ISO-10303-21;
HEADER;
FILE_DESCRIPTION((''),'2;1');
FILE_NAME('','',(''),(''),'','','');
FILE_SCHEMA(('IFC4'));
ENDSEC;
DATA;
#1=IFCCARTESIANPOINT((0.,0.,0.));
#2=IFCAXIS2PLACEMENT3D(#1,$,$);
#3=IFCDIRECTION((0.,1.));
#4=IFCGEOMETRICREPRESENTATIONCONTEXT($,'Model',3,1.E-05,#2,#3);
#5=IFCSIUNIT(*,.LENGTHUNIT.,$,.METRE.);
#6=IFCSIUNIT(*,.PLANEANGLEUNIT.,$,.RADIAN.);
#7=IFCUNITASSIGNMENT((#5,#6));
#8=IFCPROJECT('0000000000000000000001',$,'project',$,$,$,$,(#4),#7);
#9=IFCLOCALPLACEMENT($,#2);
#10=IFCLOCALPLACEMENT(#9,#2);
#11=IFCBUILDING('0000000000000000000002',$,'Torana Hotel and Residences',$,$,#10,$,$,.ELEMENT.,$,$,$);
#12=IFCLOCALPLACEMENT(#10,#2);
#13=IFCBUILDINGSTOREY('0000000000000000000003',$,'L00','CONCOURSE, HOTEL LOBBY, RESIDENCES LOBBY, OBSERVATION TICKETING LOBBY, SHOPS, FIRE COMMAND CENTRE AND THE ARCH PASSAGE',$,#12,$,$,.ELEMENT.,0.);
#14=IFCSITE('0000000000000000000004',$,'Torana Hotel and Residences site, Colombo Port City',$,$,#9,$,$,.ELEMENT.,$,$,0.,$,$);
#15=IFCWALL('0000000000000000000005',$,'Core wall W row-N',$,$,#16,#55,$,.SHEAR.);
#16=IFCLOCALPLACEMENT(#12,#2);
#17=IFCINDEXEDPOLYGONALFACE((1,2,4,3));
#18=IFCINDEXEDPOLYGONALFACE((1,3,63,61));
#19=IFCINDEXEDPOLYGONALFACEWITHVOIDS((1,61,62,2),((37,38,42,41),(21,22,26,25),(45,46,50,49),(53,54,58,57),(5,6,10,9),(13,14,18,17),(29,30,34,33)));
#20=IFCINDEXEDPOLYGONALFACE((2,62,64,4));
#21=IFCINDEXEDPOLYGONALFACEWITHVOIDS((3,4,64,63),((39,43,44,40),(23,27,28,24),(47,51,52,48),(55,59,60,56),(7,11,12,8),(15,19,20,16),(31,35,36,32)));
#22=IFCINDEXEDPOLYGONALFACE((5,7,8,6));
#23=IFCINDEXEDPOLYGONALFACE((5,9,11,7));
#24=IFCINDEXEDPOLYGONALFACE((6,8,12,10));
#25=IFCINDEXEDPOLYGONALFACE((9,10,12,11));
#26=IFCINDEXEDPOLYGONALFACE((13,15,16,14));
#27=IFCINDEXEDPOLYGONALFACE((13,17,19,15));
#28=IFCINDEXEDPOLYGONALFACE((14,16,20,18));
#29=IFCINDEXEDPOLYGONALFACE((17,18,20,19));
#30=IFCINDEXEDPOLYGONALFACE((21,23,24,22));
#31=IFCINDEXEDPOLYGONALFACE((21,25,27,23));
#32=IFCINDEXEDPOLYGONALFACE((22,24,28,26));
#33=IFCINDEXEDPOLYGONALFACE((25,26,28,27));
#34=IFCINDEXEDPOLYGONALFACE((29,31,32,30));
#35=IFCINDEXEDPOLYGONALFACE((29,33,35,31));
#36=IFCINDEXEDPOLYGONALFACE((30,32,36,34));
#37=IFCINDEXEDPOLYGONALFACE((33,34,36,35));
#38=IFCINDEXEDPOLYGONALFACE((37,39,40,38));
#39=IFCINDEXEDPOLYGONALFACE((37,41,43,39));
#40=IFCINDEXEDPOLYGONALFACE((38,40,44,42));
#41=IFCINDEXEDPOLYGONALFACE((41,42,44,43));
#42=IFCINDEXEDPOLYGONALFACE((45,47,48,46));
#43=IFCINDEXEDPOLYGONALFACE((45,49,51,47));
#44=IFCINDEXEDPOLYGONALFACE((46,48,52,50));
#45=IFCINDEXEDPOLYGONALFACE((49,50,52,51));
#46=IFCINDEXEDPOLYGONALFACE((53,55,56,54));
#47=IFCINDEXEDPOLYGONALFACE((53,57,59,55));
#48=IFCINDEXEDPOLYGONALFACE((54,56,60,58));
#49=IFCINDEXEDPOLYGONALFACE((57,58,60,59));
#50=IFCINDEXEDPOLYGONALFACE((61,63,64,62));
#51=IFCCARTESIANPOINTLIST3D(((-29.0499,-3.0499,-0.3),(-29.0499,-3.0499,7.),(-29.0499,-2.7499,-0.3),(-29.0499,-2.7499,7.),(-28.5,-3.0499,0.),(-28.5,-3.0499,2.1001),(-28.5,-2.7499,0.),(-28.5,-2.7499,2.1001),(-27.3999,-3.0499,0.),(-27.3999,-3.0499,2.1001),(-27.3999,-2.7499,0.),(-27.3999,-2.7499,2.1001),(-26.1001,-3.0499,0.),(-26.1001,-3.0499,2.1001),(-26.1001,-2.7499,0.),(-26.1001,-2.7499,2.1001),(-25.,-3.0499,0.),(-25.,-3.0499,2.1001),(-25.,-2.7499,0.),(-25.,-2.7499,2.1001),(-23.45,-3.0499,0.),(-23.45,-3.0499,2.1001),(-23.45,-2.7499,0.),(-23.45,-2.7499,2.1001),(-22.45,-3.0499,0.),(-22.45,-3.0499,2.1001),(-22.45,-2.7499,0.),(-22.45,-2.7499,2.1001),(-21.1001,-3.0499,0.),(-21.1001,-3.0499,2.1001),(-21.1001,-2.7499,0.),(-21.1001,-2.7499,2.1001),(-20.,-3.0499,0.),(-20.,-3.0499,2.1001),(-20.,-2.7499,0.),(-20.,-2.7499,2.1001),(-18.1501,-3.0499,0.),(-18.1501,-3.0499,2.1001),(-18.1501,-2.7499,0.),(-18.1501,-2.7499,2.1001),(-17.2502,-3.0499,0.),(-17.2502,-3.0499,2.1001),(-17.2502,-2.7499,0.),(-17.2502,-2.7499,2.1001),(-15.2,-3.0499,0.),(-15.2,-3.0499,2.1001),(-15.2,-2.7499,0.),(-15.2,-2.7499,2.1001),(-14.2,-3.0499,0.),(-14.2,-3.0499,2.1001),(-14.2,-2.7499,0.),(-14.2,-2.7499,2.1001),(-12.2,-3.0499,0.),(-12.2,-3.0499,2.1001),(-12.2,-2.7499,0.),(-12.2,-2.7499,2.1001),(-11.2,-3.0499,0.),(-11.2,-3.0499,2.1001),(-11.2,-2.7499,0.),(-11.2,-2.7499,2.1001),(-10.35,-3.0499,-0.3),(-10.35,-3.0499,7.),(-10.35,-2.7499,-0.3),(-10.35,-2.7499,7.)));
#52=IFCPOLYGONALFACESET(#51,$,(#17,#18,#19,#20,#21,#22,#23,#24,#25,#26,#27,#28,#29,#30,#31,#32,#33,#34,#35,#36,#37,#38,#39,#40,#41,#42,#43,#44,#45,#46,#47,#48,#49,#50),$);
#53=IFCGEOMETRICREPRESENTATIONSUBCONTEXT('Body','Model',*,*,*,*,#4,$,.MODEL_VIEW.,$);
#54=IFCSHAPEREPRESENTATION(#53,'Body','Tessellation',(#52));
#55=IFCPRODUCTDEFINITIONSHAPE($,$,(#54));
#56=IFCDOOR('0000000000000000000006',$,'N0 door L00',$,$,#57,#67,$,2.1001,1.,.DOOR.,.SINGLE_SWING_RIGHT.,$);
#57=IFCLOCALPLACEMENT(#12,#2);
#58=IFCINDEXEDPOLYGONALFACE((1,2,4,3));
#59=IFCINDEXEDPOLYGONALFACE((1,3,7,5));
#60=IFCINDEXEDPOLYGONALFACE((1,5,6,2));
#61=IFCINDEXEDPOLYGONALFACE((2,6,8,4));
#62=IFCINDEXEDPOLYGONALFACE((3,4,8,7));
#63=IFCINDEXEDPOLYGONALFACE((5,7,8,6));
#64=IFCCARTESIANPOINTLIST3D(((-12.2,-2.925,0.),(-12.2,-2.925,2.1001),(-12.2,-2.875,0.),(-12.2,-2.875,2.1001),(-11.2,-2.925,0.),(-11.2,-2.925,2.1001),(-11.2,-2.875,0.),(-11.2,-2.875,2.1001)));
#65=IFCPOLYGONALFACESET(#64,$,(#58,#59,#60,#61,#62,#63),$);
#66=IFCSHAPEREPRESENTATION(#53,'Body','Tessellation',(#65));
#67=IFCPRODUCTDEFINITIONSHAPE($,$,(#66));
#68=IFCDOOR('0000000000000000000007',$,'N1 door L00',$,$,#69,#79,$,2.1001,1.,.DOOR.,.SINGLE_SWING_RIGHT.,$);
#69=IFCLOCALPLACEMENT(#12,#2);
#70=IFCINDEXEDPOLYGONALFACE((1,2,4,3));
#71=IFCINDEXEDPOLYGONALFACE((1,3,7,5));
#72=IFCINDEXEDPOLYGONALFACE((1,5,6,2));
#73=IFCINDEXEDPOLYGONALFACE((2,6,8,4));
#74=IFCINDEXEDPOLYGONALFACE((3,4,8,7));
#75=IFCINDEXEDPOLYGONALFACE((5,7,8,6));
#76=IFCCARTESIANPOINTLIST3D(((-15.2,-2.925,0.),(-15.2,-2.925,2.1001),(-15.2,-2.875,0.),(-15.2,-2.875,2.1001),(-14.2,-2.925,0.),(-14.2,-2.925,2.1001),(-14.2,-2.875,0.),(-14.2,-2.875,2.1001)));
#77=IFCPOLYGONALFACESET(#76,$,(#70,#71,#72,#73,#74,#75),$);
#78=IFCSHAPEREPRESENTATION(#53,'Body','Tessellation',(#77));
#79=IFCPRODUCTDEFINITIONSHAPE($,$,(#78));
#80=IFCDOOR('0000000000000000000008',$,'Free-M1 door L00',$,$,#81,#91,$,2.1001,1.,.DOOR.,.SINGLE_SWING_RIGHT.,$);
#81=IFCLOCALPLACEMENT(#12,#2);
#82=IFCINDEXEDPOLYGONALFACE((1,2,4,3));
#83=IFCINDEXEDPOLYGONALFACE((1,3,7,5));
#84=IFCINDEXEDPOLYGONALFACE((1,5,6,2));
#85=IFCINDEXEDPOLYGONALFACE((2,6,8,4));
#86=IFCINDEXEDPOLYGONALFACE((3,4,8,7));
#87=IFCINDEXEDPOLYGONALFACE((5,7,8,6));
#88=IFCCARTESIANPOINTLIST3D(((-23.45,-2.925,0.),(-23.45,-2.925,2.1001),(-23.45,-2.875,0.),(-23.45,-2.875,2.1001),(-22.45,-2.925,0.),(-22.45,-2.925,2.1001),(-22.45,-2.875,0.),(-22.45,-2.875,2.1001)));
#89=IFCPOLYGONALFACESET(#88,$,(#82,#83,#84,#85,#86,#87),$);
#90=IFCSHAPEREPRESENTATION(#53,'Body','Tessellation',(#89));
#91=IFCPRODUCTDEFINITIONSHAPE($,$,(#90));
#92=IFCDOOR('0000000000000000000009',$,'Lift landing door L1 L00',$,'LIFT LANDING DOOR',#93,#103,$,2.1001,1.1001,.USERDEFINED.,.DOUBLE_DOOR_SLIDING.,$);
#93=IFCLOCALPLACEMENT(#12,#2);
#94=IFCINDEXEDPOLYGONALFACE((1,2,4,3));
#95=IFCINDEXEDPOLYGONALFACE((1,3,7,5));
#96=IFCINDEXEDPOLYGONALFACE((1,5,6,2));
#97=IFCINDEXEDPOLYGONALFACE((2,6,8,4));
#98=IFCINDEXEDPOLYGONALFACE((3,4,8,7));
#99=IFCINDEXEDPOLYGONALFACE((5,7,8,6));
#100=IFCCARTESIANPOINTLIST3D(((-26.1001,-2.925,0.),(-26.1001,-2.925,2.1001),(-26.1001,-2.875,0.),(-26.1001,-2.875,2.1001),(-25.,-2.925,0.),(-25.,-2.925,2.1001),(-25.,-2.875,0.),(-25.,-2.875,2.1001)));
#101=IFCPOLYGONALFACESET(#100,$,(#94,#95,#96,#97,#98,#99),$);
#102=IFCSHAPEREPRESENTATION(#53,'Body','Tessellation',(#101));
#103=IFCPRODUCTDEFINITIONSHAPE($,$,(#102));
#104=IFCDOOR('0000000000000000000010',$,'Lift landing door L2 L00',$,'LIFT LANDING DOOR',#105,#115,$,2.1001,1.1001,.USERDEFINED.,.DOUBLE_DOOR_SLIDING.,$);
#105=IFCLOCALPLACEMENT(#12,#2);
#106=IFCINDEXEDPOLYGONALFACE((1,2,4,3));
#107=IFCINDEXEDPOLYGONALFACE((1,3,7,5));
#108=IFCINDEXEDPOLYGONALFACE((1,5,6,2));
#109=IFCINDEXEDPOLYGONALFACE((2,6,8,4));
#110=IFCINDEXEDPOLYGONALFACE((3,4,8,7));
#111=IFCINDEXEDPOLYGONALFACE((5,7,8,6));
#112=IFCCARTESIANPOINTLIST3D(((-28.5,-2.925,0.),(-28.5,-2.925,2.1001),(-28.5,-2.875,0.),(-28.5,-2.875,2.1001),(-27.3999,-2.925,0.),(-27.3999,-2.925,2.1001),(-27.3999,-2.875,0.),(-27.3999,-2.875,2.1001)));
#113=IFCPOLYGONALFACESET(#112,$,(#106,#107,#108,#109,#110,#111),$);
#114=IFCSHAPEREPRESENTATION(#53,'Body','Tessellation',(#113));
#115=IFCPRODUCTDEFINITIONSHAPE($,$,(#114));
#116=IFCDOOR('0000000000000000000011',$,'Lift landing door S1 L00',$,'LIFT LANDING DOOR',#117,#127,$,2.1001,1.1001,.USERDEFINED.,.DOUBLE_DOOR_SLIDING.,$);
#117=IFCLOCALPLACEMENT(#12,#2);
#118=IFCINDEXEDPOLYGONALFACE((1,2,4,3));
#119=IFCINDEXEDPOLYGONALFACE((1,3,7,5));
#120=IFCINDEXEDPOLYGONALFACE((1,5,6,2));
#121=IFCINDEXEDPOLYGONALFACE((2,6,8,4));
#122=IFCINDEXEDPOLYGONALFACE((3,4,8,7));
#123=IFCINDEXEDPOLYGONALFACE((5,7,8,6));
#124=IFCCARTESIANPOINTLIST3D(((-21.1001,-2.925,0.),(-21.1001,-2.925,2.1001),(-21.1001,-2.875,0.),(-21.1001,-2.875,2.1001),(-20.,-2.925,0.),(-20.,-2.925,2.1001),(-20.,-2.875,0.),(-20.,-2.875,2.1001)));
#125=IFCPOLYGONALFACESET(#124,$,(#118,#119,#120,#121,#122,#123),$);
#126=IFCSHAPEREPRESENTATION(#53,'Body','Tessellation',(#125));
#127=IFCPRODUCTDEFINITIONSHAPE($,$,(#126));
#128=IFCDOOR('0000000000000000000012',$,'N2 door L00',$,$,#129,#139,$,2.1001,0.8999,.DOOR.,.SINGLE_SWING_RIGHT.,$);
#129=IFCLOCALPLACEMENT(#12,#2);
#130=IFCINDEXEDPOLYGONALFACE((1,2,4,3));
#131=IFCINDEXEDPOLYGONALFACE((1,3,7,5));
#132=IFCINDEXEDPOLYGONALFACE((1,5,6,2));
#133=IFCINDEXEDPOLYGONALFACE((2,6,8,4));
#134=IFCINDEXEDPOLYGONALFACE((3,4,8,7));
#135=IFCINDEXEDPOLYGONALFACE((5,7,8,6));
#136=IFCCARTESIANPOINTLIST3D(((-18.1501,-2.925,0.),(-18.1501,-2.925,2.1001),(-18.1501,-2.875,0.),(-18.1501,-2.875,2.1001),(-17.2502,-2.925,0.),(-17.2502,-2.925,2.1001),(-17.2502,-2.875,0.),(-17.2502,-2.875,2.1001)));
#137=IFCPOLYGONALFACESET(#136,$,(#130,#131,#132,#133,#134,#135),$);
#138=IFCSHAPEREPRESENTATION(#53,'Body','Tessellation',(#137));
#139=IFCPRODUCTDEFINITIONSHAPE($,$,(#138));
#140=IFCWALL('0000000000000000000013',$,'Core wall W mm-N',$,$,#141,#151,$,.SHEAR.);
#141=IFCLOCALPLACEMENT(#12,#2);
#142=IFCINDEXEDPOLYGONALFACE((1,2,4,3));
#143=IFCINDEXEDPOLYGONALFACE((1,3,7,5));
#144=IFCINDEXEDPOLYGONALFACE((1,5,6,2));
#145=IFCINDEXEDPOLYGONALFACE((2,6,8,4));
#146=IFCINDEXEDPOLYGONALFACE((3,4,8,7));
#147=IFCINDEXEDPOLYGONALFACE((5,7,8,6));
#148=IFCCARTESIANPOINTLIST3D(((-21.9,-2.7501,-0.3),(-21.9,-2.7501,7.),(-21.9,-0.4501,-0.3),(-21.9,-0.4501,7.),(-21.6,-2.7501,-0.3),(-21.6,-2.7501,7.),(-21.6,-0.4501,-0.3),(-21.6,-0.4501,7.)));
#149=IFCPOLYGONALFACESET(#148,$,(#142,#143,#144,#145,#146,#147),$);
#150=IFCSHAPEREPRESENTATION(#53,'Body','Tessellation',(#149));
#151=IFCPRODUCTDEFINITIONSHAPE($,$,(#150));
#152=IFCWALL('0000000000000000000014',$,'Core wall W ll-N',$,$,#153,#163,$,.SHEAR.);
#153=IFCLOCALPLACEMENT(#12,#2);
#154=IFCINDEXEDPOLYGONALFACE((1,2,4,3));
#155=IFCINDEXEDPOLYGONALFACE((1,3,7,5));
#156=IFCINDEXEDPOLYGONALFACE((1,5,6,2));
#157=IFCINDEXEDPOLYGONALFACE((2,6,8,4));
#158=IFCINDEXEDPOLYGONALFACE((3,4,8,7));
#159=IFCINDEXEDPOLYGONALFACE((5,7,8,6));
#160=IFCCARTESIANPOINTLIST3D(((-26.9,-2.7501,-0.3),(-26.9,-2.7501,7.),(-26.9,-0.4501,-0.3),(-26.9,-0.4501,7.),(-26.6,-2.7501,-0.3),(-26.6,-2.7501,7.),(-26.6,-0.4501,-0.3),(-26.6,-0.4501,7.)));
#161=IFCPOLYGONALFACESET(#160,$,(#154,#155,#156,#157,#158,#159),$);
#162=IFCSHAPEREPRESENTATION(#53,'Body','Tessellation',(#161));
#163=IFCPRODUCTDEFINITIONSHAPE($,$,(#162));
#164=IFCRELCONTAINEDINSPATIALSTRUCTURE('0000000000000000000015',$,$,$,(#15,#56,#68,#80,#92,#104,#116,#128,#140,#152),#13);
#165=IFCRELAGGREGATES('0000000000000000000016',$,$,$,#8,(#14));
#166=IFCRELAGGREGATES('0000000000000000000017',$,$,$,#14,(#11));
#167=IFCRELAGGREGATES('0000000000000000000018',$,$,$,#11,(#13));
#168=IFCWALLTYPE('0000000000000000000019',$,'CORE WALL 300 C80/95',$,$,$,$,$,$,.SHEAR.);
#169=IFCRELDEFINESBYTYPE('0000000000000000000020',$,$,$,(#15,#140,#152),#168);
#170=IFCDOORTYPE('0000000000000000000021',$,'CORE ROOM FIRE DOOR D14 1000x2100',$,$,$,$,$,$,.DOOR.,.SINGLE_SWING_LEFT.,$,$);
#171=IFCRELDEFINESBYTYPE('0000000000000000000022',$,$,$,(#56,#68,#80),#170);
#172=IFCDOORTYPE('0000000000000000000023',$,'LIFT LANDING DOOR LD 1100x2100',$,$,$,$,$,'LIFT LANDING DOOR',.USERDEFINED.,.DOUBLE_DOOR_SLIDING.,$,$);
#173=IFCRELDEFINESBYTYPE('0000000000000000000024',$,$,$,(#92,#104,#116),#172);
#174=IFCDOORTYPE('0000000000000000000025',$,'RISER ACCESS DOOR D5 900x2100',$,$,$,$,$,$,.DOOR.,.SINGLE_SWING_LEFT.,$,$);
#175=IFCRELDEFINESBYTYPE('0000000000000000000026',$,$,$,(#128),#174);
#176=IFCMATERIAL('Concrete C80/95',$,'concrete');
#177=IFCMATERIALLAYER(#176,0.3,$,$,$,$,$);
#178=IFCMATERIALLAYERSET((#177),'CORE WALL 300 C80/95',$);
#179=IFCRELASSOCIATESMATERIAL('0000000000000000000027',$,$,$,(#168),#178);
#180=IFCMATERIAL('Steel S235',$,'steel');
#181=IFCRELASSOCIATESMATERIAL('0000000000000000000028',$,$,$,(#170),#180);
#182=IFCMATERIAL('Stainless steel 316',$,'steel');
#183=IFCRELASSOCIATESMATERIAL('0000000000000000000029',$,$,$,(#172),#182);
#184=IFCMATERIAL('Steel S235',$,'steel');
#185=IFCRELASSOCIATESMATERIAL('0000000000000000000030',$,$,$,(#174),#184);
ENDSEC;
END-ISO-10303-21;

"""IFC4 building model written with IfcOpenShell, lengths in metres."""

from ifc_helpers import new_model, si_unit, direction, frame, frame_2d, origin, place, context, subcontext, project, spatial, rectangle, extrude, material, layer, layer_set, type_object, element, fill, save


model = new_model("IFC4")

# Units and contexts
model_context = context("Model", 3, precision=1e-05, world=origin(), true_north=direction((0.0, 1.0)))
body_context = subcontext(model_context, "Body", "Model", "MODEL_VIEW")
ifc_project = project(units=[si_unit("LENGTHUNIT", "METRE"), si_unit("PLANEANGLEUNIT", "RADIAN")], contexts=[model_context])

# Site, building, storey
site_placement = place(None, origin())
site = spatial("IfcSite", under=ifc_project, at=site_placement, Name="Torana Hotel and Residences site, Colombo Port City", CompositionType="ELEMENT", RefElevation=0.0)
building_placement = place(site_placement, origin())
building = spatial("IfcBuilding", under=site, at=building_placement, Name="Torana Hotel and Residences", CompositionType="ELEMENT")
storey_placement = place(building_placement, origin())
storey = spatial("IfcBuildingStorey", under=building, at=storey_placement, Name="L00", Description="CONCOURSE, HOTEL LOBBY, RESIDENCES LOBBY, OBSERVATION TICKETING LOBBY, SHOPS, FIRE COMMAND CENTRE AND THE ARCH PASSAGE", CompositionType="ELEMENT", Elevation=0.0)

# Wall, openings, doors
ifc_material_1 = material(Name="Concrete C80/95", Category="concrete")
ifc_layer_1 = layer(ifc_material_1, 0.3)
ifc_layer_set_1 = layer_set([ifc_layer_1], Name="CORE WALL 300 C80/95")
wall_type_1 = type_object("IfcWallType", Name="CORE WALL 300 C80/95", PredefinedType="SHEAR", material=ifc_layer_set_1)
wall_1_placement = place(storey_placement, frame((-29.05, -2.8999, -0.3), z_axis=(0.0, 0.0, 1.0), x_axis=(1.0, 0.0, 0.0)))
wall_1 = element("IfcWall", 1, at=wall_1_placement, inside=storey, type_object=wall_type_1, Name="Core wall W row-N", PredefinedType="SHEAR", context=body_context, shape_type="SweptSolid", body=[
    extrude(rectangle(XDim=18.7, YDim=0.3, at=frame_2d((9.3501, 0.0))), origin(), (0.0, 0.0, 1.0), 7.3),
])
opening_1_placement = place(wall_1_placement, frame((2.95, 0.0, 0.3)))
opening_1 = element("IfcOpeningElement", 2, at=opening_1_placement, cuts=wall_1, PredefinedType="OPENING", context=body_context, shape_type="SweptSolid", body=[
    extrude(rectangle(XDim=1.1001, YDim=2.1001, at=frame_2d((0.55, 1.05))), frame((0.0, 0.1599, 0.0), z_axis=(0.0, -1.0, 0.0), x_axis=(1.0, 0.0, 0.0)), (0.0, 0.0, 1.0), 0.3201),
])
opening_2_placement = place(wall_1_placement, frame((0.55, 0.0, 0.3)))
opening_2 = element("IfcOpeningElement", 3, at=opening_2_placement, cuts=wall_1, PredefinedType="OPENING", context=body_context, shape_type="SweptSolid", body=[
    extrude(rectangle(XDim=1.1001, YDim=2.1001, at=frame_2d((0.55, 1.05))), frame((0.0, 0.1599, 0.0), z_axis=(0.0, -1.0, 0.0), x_axis=(1.0, 0.0, 0.0)), (0.0, 0.0, 1.0), 0.3201),
])
opening_3_placement = place(wall_1_placement, frame((7.95, 0.0, 0.3)))
opening_3 = element("IfcOpeningElement", 4, at=opening_3_placement, cuts=wall_1, PredefinedType="OPENING", context=body_context, shape_type="SweptSolid", body=[
    extrude(rectangle(XDim=1.1001, YDim=2.1001, at=frame_2d((0.55, 1.05))), frame((0.0, 0.1599, 0.0), z_axis=(0.0, -1.0, 0.0), x_axis=(1.0, 0.0, 0.0)), (0.0, 0.0, 1.0), 0.3201),
])
opening_4_placement = place(wall_1_placement, frame((10.8999, 0.0, 0.3)))
opening_4 = element("IfcOpeningElement", 5, at=opening_4_placement, cuts=wall_1, PredefinedType="OPENING", context=body_context, shape_type="SweptSolid", body=[
    extrude(rectangle(XDim=0.8999, YDim=2.1001, at=frame_2d((0.45, 1.05))), frame((0.0, 0.1599, 0.0), z_axis=(0.0, -1.0, 0.0), x_axis=(1.0, 0.0, 0.0)), (0.0, 0.0, 1.0), 0.3201),
])
opening_5_placement = place(wall_1_placement, frame((16.8501, 0.0, 0.3)))
opening_5 = element("IfcOpeningElement", 6, at=opening_5_placement, cuts=wall_1, PredefinedType="OPENING", context=body_context, shape_type="SweptSolid", body=[
    extrude(rectangle(XDim=1.0, YDim=2.1001, at=frame_2d((0.5, 1.05))), frame((0.0, 0.1599, 0.0), z_axis=(0.0, -1.0, 0.0), x_axis=(1.0, 0.0, 0.0)), (0.0, 0.0, 1.0), 0.3201),
])
opening_6_placement = place(wall_1_placement, frame((13.8501, 0.0, 0.3)))
opening_6 = element("IfcOpeningElement", 7, at=opening_6_placement, cuts=wall_1, PredefinedType="OPENING", context=body_context, shape_type="SweptSolid", body=[
    extrude(rectangle(XDim=1.0, YDim=2.1001, at=frame_2d((0.5, 1.05))), frame((0.0, 0.1599, 0.0), z_axis=(0.0, -1.0, 0.0), x_axis=(1.0, 0.0, 0.0)), (0.0, 0.0, 1.0), 0.3201),
])
opening_7_placement = place(wall_1_placement, frame((5.6001, 0.0, 0.3)))
opening_7 = element("IfcOpeningElement", 8, at=opening_7_placement, cuts=wall_1, PredefinedType="OPENING", context=body_context, shape_type="SweptSolid", body=[
    extrude(rectangle(XDim=1.0, YDim=2.1001, at=frame_2d((0.5, 1.05))), frame((0.0, 0.1599, 0.0), z_axis=(0.0, -1.0, 0.0), x_axis=(1.0, 0.0, 0.0)), (0.0, 0.0, 1.0), 0.3201),
])
ifc_material_2 = material(Name="Steel S235", Category="steel")
door_type_1 = type_object("IfcDoorType", Name="CORE ROOM FIRE DOOR D14 1000x2100", OperationType="SINGLE_SWING_LEFT", PredefinedType="DOOR", material=ifc_material_2)
door_1_placement = place(opening_5_placement, origin())
door_1 = element("IfcDoor", 9, at=door_1_placement, inside=storey, type_object=door_type_1, Name="N0 door L00", OperationType="SINGLE_SWING_RIGHT", OverallHeight=2.1001, OverallWidth=1.0, PredefinedType="DOOR", context=body_context, shape_type="SweptSolid", body=[
    extrude(rectangle(XDim=1.0, YDim=2.1001, at=frame_2d((0.5, 1.05))), frame((0.0, 0.0249, 0.0), z_axis=(0.0, -1.0, 0.0), x_axis=(1.0, 0.0, 0.0)), (0.0, 0.0, 1.0), 0.05),
])
fill(opening_5, door_1)
door_2_placement = place(opening_6_placement, origin())
door_2 = element("IfcDoor", 10, at=door_2_placement, inside=storey, type_object=door_type_1, Name="N1 door L00", OperationType="SINGLE_SWING_RIGHT", OverallHeight=2.1001, OverallWidth=1.0, PredefinedType="DOOR", context=body_context, shape_type="SweptSolid", body=[
    extrude(rectangle(XDim=1.0, YDim=2.1001, at=frame_2d((0.5, 1.05))), frame((0.0, 0.0249, 0.0), z_axis=(0.0, -1.0, 0.0), x_axis=(1.0, 0.0, 0.0)), (0.0, 0.0, 1.0), 0.05),
])
fill(opening_6, door_2)
door_3_placement = place(opening_7_placement, origin())
door_3 = element("IfcDoor", 11, at=door_3_placement, inside=storey, type_object=door_type_1, Name="Free-M1 door L00", OperationType="SINGLE_SWING_RIGHT", OverallHeight=2.1001, OverallWidth=1.0, PredefinedType="DOOR", context=body_context, shape_type="SweptSolid", body=[
    extrude(rectangle(XDim=1.0, YDim=2.1001, at=frame_2d((0.5, 1.05))), frame((0.0, 0.0249, 0.0), z_axis=(0.0, -1.0, 0.0), x_axis=(1.0, 0.0, 0.0)), (0.0, 0.0, 1.0), 0.05),
])
fill(opening_7, door_3)
ifc_material_3 = material(Name="Stainless steel 316", Category="steel")
door_type_2 = type_object("IfcDoorType", Name="LIFT LANDING DOOR LD 1100x2100", ElementType="LIFT LANDING DOOR", OperationType="DOUBLE_DOOR_SLIDING", PredefinedType="USERDEFINED", material=ifc_material_3)
door_4_placement = place(opening_1_placement, origin())
door_4 = element("IfcDoor", 12, at=door_4_placement, inside=storey, type_object=door_type_2, Name="Lift landing door L1 L00", ObjectType="LIFT LANDING DOOR", OperationType="DOUBLE_DOOR_SLIDING", OverallHeight=2.1001, OverallWidth=1.1001, PredefinedType="USERDEFINED", context=body_context, shape_type="SweptSolid", body=[
    extrude(rectangle(XDim=1.1001, YDim=2.1001, at=frame_2d((0.55, 1.05))), frame((0.0, 0.0249, 0.0), z_axis=(0.0, -1.0, 0.0), x_axis=(1.0, 0.0, 0.0)), (0.0, 0.0, 1.0), 0.05),
])
fill(opening_1, door_4)
door_5_placement = place(opening_2_placement, origin())
door_5 = element("IfcDoor", 13, at=door_5_placement, inside=storey, type_object=door_type_2, Name="Lift landing door L2 L00", ObjectType="LIFT LANDING DOOR", OperationType="DOUBLE_DOOR_SLIDING", OverallHeight=2.1001, OverallWidth=1.1001, PredefinedType="USERDEFINED", context=body_context, shape_type="SweptSolid", body=[
    extrude(rectangle(XDim=1.1001, YDim=2.1001, at=frame_2d((0.55, 1.05))), frame((0.0, 0.0249, 0.0), z_axis=(0.0, -1.0, 0.0), x_axis=(1.0, 0.0, 0.0)), (0.0, 0.0, 1.0), 0.05),
])
fill(opening_2, door_5)
door_6_placement = place(opening_3_placement, origin())
door_6 = element("IfcDoor", 14, at=door_6_placement, inside=storey, type_object=door_type_2, Name="Lift landing door S1 L00", ObjectType="LIFT LANDING DOOR", OperationType="DOUBLE_DOOR_SLIDING", OverallHeight=2.1001, OverallWidth=1.1001, PredefinedType="USERDEFINED", context=body_context, shape_type="SweptSolid", body=[
    extrude(rectangle(XDim=1.1001, YDim=2.1001, at=frame_2d((0.55, 1.05))), frame((0.0, 0.0249, 0.0), z_axis=(0.0, -1.0, 0.0), x_axis=(1.0, 0.0, 0.0)), (0.0, 0.0, 1.0), 0.05),
])
fill(opening_3, door_6)
ifc_material_4 = material(Name="Steel S235", Category="steel")
door_type_3 = type_object("IfcDoorType", Name="RISER ACCESS DOOR D5 900x2100", OperationType="SINGLE_SWING_LEFT", PredefinedType="DOOR", material=ifc_material_4)
door_7_placement = place(opening_4_placement, origin())
door_7 = element("IfcDoor", 15, at=door_7_placement, inside=storey, type_object=door_type_3, Name="N2 door L00", OperationType="SINGLE_SWING_RIGHT", OverallHeight=2.1001, OverallWidth=0.8999, PredefinedType="DOOR", context=body_context, shape_type="SweptSolid", body=[
    extrude(rectangle(XDim=0.8999, YDim=2.1001, at=frame_2d((0.45, 1.05))), frame((0.0, 0.0249, 0.0), z_axis=(0.0, -1.0, 0.0), x_axis=(1.0, 0.0, 0.0)), (0.0, 0.0, 1.0), 0.05),
])
fill(opening_4, door_7)

# Walls
for number, where, z_axis, x_axis, name in (
    (16, (-21.75, -2.75, -0.3), (0.0, 0.0, 1.0), (0.0, 1.0, 0.0), "Core wall W mm-N"),
    (17, (-26.75, -2.75, -0.3), (0.0, 0.0, 1.0), (0.0, 1.0, 0.0), "Core wall W ll-N"),
):
    element("IfcWall", number, at=place(storey_placement, frame(where, z_axis=z_axis, x_axis=x_axis)), inside=storey, type_object=wall_type_1, Name=name, PredefinedType="SHEAR", context=body_context, shape_type="SweptSolid", body=[
        extrude(rectangle(XDim=2.3, YDim=0.3, at=frame_2d((1.1499, 0.0))), origin(), (0.0, 0.0, 1.0), 7.3),
    ])

save(model, "model.ifc")
